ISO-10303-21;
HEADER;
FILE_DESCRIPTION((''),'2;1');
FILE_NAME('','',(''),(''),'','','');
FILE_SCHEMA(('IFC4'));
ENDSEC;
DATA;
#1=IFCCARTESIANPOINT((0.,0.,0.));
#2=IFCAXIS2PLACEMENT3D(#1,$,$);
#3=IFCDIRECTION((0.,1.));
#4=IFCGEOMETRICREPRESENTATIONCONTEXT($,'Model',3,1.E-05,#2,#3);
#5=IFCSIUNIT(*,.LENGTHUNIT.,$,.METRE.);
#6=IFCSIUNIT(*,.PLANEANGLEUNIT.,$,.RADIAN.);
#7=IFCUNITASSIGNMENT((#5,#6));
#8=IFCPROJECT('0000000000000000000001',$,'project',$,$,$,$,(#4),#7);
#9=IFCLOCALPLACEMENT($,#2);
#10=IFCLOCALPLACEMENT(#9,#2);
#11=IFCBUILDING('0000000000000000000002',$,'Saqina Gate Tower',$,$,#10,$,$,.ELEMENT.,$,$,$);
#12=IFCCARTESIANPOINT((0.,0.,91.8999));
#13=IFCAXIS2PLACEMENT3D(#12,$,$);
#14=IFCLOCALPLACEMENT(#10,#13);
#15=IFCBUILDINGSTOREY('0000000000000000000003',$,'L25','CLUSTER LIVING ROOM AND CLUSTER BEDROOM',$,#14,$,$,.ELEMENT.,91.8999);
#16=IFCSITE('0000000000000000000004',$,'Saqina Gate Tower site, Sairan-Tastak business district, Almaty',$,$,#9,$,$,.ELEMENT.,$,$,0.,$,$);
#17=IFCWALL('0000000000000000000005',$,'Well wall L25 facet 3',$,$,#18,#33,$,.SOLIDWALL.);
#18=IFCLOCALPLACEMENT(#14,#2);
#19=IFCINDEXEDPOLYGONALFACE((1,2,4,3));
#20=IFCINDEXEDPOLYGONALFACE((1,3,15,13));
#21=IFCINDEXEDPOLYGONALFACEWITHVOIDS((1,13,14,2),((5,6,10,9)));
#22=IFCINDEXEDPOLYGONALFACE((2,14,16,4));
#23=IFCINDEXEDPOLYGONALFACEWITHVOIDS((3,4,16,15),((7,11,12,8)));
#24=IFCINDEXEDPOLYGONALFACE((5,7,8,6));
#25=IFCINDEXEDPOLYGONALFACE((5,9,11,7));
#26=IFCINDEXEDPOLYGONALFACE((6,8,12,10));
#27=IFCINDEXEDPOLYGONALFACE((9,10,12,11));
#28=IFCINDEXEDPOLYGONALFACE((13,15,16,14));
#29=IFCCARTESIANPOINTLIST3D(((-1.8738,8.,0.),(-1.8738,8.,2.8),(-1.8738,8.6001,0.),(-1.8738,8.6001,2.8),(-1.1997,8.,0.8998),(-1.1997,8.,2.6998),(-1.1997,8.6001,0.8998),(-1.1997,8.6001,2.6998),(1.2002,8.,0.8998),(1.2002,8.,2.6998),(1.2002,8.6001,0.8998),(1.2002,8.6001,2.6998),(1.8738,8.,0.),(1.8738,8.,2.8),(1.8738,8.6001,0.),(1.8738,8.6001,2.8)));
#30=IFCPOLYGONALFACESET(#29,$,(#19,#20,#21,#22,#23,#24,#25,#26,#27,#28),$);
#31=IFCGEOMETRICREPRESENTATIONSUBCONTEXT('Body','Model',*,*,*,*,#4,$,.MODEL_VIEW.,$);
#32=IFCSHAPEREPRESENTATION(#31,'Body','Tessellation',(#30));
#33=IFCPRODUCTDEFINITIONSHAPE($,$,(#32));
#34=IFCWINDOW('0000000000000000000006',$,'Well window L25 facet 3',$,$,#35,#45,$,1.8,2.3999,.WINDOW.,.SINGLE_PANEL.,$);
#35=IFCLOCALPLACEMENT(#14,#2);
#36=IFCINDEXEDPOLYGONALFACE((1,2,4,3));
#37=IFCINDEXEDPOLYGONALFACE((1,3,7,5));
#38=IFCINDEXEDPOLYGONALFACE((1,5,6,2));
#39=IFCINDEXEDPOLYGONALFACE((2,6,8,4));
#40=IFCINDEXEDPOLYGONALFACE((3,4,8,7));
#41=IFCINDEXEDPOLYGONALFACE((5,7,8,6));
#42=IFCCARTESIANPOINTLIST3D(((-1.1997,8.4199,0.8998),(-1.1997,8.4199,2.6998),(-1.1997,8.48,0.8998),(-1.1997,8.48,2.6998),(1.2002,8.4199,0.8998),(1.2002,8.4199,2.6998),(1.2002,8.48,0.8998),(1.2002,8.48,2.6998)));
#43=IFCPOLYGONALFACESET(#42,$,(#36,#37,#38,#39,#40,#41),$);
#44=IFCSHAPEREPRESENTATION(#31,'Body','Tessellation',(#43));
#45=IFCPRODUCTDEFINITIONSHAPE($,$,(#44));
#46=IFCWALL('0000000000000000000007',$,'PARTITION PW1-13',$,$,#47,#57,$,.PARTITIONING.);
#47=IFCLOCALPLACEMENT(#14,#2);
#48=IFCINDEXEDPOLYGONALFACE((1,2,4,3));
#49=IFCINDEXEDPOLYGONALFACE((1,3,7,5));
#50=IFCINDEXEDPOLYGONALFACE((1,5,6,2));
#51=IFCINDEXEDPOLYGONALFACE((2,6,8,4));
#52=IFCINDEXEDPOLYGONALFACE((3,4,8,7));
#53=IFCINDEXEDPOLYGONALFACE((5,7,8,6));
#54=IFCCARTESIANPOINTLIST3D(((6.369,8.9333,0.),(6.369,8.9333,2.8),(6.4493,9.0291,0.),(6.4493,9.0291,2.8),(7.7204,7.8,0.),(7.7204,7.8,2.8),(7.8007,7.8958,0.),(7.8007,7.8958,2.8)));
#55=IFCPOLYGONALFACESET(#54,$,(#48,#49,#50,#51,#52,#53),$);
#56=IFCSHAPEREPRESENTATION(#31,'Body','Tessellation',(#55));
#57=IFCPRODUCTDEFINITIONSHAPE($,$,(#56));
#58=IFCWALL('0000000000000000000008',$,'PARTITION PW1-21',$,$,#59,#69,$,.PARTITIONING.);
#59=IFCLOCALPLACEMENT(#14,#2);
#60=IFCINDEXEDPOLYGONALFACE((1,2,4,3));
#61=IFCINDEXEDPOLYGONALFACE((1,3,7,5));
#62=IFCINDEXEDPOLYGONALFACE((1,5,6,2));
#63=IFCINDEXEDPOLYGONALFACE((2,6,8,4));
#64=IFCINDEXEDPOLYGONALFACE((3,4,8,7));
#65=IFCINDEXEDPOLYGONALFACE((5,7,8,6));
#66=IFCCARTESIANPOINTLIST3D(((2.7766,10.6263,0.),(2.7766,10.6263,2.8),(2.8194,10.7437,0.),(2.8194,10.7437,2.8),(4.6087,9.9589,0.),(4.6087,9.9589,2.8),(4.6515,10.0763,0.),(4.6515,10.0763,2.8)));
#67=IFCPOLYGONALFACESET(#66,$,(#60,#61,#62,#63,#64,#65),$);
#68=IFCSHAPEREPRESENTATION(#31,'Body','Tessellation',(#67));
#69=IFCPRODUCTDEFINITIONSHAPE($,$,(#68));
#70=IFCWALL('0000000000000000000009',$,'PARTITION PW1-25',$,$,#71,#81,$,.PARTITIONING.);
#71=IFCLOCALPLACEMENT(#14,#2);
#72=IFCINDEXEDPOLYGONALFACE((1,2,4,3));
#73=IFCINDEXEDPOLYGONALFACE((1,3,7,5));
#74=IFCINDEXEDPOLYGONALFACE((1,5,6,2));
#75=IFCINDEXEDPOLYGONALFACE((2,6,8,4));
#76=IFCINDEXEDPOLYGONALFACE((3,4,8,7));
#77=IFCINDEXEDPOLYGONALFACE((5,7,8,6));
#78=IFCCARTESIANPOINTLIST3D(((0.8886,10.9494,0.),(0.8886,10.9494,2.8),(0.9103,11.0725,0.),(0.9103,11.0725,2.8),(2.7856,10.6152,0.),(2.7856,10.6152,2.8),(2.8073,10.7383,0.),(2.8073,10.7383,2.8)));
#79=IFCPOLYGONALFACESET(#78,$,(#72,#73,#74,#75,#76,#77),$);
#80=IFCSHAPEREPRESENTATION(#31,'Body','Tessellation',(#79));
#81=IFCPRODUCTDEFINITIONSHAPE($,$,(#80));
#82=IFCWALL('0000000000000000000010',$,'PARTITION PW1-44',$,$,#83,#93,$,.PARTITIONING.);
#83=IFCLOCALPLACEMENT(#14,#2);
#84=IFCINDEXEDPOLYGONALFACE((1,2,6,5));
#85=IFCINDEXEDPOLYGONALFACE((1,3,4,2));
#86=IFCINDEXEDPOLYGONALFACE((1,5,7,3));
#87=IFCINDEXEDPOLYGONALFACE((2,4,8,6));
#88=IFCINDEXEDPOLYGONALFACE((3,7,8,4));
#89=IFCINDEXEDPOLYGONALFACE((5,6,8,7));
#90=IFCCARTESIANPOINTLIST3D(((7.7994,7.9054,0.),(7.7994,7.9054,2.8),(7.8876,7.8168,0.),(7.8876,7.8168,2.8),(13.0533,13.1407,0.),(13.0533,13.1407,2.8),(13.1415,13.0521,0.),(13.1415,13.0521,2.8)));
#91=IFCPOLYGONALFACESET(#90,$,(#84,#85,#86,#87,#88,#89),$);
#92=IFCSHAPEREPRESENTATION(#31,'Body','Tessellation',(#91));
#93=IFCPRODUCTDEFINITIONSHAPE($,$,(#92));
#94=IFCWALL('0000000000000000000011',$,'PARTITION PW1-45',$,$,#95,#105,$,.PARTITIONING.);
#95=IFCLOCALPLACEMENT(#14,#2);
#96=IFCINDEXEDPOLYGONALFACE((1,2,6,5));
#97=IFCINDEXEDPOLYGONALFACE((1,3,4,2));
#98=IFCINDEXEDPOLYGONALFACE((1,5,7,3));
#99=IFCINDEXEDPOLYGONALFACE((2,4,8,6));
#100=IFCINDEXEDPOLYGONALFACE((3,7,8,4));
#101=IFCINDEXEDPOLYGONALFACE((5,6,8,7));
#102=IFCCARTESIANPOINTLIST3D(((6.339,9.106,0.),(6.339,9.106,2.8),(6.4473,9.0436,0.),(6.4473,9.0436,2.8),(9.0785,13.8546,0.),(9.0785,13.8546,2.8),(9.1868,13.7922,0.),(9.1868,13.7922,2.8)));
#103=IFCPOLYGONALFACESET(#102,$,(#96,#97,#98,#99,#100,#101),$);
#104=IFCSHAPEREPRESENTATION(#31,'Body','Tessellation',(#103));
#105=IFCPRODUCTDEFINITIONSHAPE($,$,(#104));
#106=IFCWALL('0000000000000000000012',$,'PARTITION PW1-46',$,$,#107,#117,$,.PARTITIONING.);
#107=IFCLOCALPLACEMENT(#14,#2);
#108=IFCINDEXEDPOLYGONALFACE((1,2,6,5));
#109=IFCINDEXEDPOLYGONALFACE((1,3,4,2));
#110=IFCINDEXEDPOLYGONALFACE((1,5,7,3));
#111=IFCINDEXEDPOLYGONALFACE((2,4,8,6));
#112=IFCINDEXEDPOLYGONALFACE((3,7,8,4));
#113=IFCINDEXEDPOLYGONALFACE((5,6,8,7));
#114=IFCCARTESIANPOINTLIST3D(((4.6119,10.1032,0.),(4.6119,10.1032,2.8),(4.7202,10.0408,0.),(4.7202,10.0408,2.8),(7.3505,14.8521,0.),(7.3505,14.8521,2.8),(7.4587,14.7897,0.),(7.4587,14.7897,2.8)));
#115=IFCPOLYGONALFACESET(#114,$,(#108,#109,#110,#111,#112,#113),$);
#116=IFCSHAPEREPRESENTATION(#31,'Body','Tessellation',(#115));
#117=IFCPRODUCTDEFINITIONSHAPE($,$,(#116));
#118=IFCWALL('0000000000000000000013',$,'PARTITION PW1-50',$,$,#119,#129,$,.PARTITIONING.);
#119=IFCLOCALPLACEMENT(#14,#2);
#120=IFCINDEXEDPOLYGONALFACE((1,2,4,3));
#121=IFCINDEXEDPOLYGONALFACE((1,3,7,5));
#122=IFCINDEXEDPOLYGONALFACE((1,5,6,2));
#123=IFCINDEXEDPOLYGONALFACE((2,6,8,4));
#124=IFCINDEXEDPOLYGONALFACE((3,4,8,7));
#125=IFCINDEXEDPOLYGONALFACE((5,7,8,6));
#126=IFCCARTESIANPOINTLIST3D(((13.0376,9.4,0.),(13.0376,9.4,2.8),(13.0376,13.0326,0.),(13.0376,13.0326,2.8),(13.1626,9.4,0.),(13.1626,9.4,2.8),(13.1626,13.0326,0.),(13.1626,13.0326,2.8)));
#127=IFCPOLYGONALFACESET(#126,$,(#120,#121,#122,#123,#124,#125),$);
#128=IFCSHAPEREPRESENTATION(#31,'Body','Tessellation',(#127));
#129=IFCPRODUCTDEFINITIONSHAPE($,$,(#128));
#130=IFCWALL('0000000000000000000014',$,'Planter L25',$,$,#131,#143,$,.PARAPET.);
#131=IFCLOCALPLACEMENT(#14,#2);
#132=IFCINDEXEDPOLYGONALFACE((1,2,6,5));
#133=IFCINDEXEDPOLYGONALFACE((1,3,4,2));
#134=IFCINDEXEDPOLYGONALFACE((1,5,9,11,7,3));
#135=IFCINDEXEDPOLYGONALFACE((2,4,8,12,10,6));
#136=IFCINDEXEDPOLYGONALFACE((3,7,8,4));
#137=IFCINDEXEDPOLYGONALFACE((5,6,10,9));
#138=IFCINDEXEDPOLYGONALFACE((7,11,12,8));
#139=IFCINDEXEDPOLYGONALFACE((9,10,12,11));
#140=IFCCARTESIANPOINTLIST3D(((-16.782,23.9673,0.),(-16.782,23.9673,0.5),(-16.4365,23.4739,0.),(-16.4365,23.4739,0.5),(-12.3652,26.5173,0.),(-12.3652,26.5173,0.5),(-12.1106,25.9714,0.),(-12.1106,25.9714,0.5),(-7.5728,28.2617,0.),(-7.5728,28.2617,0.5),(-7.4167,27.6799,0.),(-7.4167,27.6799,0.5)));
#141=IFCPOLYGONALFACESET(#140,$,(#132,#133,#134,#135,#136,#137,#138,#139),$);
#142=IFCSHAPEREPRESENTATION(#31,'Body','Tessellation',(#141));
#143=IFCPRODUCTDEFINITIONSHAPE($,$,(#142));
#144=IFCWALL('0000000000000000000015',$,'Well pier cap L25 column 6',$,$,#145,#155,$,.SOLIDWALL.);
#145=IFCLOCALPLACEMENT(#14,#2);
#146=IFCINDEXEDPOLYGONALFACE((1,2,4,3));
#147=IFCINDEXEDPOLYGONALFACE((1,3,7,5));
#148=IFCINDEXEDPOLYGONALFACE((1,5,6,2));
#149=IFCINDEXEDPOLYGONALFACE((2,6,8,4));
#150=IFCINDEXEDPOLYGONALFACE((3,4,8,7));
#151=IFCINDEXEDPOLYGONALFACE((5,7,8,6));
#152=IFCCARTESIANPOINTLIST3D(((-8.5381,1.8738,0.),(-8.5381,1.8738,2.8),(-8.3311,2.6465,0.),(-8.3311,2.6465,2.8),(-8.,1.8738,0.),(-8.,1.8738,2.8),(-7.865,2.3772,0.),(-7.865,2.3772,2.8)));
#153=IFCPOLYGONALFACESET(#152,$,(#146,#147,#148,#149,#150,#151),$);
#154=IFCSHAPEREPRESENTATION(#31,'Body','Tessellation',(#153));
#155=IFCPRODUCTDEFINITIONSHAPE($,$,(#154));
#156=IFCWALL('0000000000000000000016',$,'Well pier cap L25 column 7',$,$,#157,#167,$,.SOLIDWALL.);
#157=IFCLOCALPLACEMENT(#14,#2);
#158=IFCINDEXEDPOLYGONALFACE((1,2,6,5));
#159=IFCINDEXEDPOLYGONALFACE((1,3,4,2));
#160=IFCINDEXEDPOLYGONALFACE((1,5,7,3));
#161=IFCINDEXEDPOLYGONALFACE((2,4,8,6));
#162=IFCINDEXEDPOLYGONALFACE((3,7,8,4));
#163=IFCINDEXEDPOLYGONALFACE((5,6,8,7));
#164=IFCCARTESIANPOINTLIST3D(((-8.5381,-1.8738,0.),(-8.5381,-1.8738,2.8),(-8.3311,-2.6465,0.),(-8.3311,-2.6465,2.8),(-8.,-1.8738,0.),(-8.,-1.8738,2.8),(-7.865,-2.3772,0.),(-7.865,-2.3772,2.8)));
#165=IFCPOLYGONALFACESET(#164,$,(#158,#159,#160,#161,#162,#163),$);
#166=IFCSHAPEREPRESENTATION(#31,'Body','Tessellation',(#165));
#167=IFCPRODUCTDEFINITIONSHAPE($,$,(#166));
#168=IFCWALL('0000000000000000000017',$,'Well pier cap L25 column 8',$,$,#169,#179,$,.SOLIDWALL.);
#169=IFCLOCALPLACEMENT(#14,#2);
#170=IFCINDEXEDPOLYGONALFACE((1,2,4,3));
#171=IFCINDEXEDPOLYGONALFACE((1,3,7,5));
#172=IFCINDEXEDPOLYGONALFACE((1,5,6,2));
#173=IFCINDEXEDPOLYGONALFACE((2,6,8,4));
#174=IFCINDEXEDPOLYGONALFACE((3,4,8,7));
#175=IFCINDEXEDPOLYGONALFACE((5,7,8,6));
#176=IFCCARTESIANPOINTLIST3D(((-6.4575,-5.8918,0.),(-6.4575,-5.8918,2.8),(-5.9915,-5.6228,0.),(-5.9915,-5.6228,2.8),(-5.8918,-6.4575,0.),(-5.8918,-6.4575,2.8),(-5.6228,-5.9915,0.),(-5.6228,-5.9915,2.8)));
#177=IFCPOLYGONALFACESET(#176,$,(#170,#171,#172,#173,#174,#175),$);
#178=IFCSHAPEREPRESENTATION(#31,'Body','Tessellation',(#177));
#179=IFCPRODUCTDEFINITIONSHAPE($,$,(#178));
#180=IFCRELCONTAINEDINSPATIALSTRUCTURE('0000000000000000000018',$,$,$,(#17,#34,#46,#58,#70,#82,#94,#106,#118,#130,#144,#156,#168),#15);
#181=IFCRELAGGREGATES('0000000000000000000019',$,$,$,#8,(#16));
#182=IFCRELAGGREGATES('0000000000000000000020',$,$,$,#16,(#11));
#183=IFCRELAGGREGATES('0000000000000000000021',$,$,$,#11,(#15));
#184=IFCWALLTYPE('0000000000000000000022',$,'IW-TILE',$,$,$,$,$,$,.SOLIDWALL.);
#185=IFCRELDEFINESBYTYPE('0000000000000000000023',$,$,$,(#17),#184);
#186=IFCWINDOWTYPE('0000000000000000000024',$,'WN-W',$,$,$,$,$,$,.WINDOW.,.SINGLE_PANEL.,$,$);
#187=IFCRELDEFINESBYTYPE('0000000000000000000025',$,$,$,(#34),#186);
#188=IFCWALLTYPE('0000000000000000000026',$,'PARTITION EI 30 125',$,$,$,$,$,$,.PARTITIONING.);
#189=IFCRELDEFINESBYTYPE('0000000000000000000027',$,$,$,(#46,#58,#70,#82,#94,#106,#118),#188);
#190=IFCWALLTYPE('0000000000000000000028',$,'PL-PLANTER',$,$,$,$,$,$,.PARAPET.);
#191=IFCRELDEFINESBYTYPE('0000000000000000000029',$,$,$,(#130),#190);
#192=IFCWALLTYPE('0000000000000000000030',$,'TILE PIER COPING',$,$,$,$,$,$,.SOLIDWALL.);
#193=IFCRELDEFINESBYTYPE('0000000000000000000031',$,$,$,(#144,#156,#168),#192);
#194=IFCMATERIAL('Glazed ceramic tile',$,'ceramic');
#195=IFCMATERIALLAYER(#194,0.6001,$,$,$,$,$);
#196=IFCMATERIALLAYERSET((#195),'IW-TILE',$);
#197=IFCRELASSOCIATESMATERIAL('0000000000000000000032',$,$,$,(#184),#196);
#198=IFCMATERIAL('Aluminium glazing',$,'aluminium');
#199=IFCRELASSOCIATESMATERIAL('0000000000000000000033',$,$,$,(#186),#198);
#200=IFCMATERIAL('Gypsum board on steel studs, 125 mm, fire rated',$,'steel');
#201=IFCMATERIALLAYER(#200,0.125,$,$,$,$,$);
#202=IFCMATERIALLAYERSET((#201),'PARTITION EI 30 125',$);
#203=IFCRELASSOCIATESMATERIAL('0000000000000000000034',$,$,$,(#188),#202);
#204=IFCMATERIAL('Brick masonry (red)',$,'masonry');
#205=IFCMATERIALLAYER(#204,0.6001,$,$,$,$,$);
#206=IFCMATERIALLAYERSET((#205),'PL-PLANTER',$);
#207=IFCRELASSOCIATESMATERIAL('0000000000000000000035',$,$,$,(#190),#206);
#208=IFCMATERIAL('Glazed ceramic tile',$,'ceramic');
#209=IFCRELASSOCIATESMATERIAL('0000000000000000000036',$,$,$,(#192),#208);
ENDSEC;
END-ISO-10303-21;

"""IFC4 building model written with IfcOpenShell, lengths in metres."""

from ifc_helpers import new_model, si_unit, direction, frame, frame_2d, origin, place, context, subcontext, project, spatial, polyline, rectangle, outline, extrude, material, layer, layer_set, type_object, element, fill, save


model = new_model("IFC4")

# Units and contexts
model_context = context("Model", 3, precision=1e-05, world=origin(), true_north=direction((0.0, 1.0)))
body_context = subcontext(model_context, "Body", "Model", "MODEL_VIEW")
ifc_project = project(units=[si_unit("LENGTHUNIT", "METRE"), si_unit("PLANEANGLEUNIT", "RADIAN")], contexts=[model_context])

# Site, building, storey
site_placement = place(None, origin())
site = spatial("IfcSite", under=ifc_project, at=site_placement, Name="Saqina Gate Tower site, Sairan-Tastak business district, Almaty", CompositionType="ELEMENT", RefElevation=0.0)
building_placement = place(site_placement, origin())
building = spatial("IfcBuilding", under=site, at=building_placement, Name="Saqina Gate Tower", CompositionType="ELEMENT")
storey_placement = place(building_placement, frame((0.0, 0.0, 91.8999)))
storey = spatial("IfcBuildingStorey", under=building, at=storey_placement, Name="L25", Description="CLUSTER LIVING ROOM AND CLUSTER BEDROOM", CompositionType="ELEMENT", Elevation=91.8999)

# Wall, opening, window
ifc_material_1 = material(Name="Glazed ceramic tile", Category="ceramic")
ifc_layer_1 = layer(ifc_material_1, 0.6001)
ifc_layer_set_1 = layer_set([ifc_layer_1], Name="IW-TILE")
wall_type_1 = type_object("IfcWallType", Name="IW-TILE", PredefinedType="SOLIDWALL", material=ifc_layer_set_1)
ifc_material_2 = material(Name="Aluminium glazing", Category="aluminium")
window_type = type_object("IfcWindowType", Name="WN-W", PartitioningType="SINGLE_PANEL", PredefinedType="WINDOW", material=ifc_material_2)
wall_1_placement = place(storey_placement, frame((1.8738, 8.3, 0.0), z_axis=(0.0, 0.0, 1.0), x_axis=(-1.0, 0.0, 0.0)))
wall_1 = element("IfcWall", 1, at=wall_1_placement, inside=storey, type_object=wall_type_1, Name="Well wall L25 facet 3", PredefinedType="SOLIDWALL", context=body_context, shape_type="SweptSolid", body=[
    extrude(rectangle(XDim=3.7476, YDim=0.6001, at=frame_2d((1.8738, 0.0))), origin(), (0.0, 0.0, 1.0), 2.8),
])
opening_1_placement = place(wall_1_placement, frame((0.6736, 0.0, 0.8999)))
opening_1 = element("IfcOpeningElement", 2, at=opening_1_placement, cuts=wall_1, PredefinedType="OPENING", context=body_context, shape_type="SweptSolid", body=[
    extrude(rectangle(XDim=2.3999, YDim=1.8, at=frame_2d((1.2, 0.8999))), frame((0.0, 0.312, 0.0), z_axis=(0.0, -1.0, 0.0), x_axis=(1.0, 0.0, 0.0)), (0.0, 0.0, 1.0), 0.624),
])
window_1_placement = place(opening_1_placement, origin())
window_1 = element("IfcWindow", 3, at=window_1_placement, inside=storey, type_object=window_type, Name="Well window L25 facet 3", OverallHeight=1.8, OverallWidth=2.3999, PartitioningType="SINGLE_PANEL", PredefinedType="WINDOW", context=body_context, shape_type="SweptSolid", body=[
    extrude(rectangle(XDim=2.3999, YDim=1.8, at=frame_2d((1.2, 0.8999))), frame((0.0, -0.1199, 0.0), z_axis=(0.0, -1.0, 0.0), x_axis=(1.0, 0.0, 0.0)), (0.0, 0.0, 1.0), 0.0601),
])
fill(opening_1, window_1)

# Walls
ifc_material_3 = material(Name="Gypsum board on steel studs, 125 mm, fire rated", Category="steel")
ifc_layer_2 = layer(ifc_material_3, 0.125)
ifc_layer_set_2 = layer_set([ifc_layer_2], Name="PARTITION EI 30 125")
wall_type_2 = type_object("IfcWallType", Name="PARTITION EI 30 125", PredefinedType="PARTITIONING", material=ifc_layer_set_2)
wall_2_placement = place(storey_placement, frame((6.4092, 8.9812, 0.0), z_axis=(0.0, 0.0, 1.0), x_axis=(0.766209, -0.642591, 0.0)))
element("IfcWall", 4, at=wall_2_placement, inside=storey, type_object=wall_type_2, Name="PARTITION PW1-13", PredefinedType="PARTITIONING", context=body_context, shape_type="SweptSolid", body=[
    extrude(rectangle(XDim=1.7637, YDim=0.125, at=frame_2d((0.8818, 0.0))), origin(), (0.0, 0.0, 1.0), 2.8),
])
wall_3_placement = place(storey_placement, frame((2.7979, 10.6851, 0.0), z_axis=(0.0, 0.0, 1.0), x_axis=(0.939596, -0.342286, 0.0)))
element("IfcWall", 5, at=wall_3_placement, inside=storey, type_object=wall_type_2, Name="PARTITION PW1-21", PredefinedType="PARTITIONING", context=body_context, shape_type="SweptSolid", body=[
    extrude(rectangle(XDim=1.95, YDim=0.125, at=frame_2d((0.9751, 0.0))), origin(), (0.0, 0.0, 1.0), 2.8),
])
wall_4_placement = place(storey_placement, frame((0.8994, 11.011, 0.0), z_axis=(0.0, 0.0, 1.0), x_axis=(0.984831, -0.173518, 0.0)))
element("IfcWall", 6, at=wall_4_placement, inside=storey, type_object=wall_type_2, Name="PARTITION PW1-25", PredefinedType="PARTITIONING", context=body_context, shape_type="SweptSolid", body=[
    extrude(rectangle(XDim=1.9263, YDim=0.125, at=frame_2d((0.9631, 0.0))), origin(), (0.0, 0.0, 1.0), 2.8),
])
wall_5_placement = place(storey_placement, frame((7.8435, 7.8611, 0.0), z_axis=(0.0, 0.0, 1.0), x_axis=(0.708356, 0.705855, 0.0)))
element("IfcWall", 7, at=wall_5_placement, inside=storey, type_object=wall_type_2, Name="PARTITION PW1-44", PredefinedType="PARTITIONING", context=body_context, shape_type="SweptSolid", body=[
    extrude(rectangle(XDim=7.417, YDim=0.125, at=frame_2d((3.7085, 0.0))), origin(), (0.0, 0.0, 1.0), 2.8),
])
wall_6_placement = place(storey_placement, frame((6.3931, 9.0747, 0.0), z_axis=(0.0, 0.0, 1.0), x_axis=(0.499717, 0.866189, 0.0)))
element("IfcWall", 8, at=wall_6_placement, inside=storey, type_object=wall_type_2, Name="PARTITION PW1-45", PredefinedType="PARTITIONING", context=body_context, shape_type="SweptSolid", body=[
    extrude(rectangle(XDim=5.4822, YDim=0.125, at=frame_2d((2.7412, 0.0))), origin(), (0.0, 0.0, 1.0), 2.8),
])
wall_7_placement = place(storey_placement, frame((4.666, 10.072, 0.0), z_axis=(0.0, 0.0, 1.0), x_axis=(0.499564, 0.866277, 0.0)))
element("IfcWall", 9, at=wall_7_placement, inside=storey, type_object=wall_type_2, Name="PARTITION PW1-46", PredefinedType="PARTITIONING", context=body_context, shape_type="SweptSolid", body=[
    extrude(rectangle(XDim=5.4819, YDim=0.125, at=frame_2d((2.741, 0.0))), origin(), (0.0, 0.0, 1.0), 2.8),
])
wall_8_placement = place(storey_placement, frame((13.1001, 9.3999, 0.0), z_axis=(0.0, 0.0, 1.0), x_axis=(0.0, 1.0, 0.0)))
element("IfcWall", 10, at=wall_8_placement, inside=storey, type_object=wall_type_2, Name="PARTITION PW1-50", PredefinedType="PARTITIONING", context=body_context, shape_type="SweptSolid", body=[
    extrude(rectangle(XDim=3.6326, YDim=0.125, at=frame_2d((1.8164, 0.0))), origin(), (0.0, 0.0, 1.0), 2.8),
])
ifc_material_4 = material(Name="Brick masonry (red)", Category="masonry")
ifc_layer_3 = layer(ifc_material_4, 0.6001)
ifc_layer_set_3 = layer_set([ifc_layer_3], Name="PL-PLANTER")
wall_type_3 = type_object("IfcWallType", Name="PL-PLANTER", PredefinedType="PARAPET", material=ifc_layer_set_3)
wall_9_placement = place(storey_placement, origin())
element("IfcWall", 11, at=wall_9_placement, inside=storey, type_object=wall_type_3, Name="Planter L25", PredefinedType="PARAPET", context=body_context, shape_type="SweptSolid", body=[
    extrude(outline(polyline([(-7.5728, 28.2617), (-12.3652, 26.5173), (-16.782, 23.9673), (-16.4365, 23.4739), (-12.1106, 25.9714), (-7.4167, 27.6799), (-7.5728, 28.2617)])), origin(), (0.0, 0.0, 1.0), 0.5),
])
ifc_material_5 = material(Name="Glazed ceramic tile", Category="ceramic")
wall_type_4 = type_object("IfcWallType", Name="TILE PIER COPING", PredefinedType="SOLIDWALL", material=ifc_material_5)
wall_10_placement = place(storey_placement, origin())
element("IfcWall", 12, at=wall_10_placement, inside=storey, type_object=wall_type_4, Name="Well pier cap L25 column 6", PredefinedType="SOLIDWALL", context=body_context, shape_type="SweptSolid", body=[
    extrude(outline(polyline([(-8.5381, 1.8738), (-8.0, 1.8738), (-7.865, 2.3772), (-8.3311, 2.6465), (-8.5381, 1.8738)])), origin(), (0.0, 0.0, 1.0), 2.8),
])
wall_11_placement = place(storey_placement, origin())
element("IfcWall", 13, at=wall_11_placement, inside=storey, type_object=wall_type_4, Name="Well pier cap L25 column 7", PredefinedType="SOLIDWALL", context=body_context, shape_type="SweptSolid", body=[
    extrude(outline(polyline([(-8.3311, -2.6465), (-7.865, -2.3772), (-8.0, -1.8738), (-8.5381, -1.8738), (-8.3311, -2.6465)])), origin(), (0.0, 0.0, 1.0), 2.8),
])
wall_12_placement = place(storey_placement, origin())
element("IfcWall", 14, at=wall_12_placement, inside=storey, type_object=wall_type_4, Name="Well pier cap L25 column 8", PredefinedType="SOLIDWALL", context=body_context, shape_type="SweptSolid", body=[
    extrude(outline(polyline([(-6.4575, -5.8918), (-5.8918, -6.4575), (-5.6228, -5.9915), (-5.9915, -5.6228), (-6.4575, -5.8918)])), origin(), (0.0, 0.0, 1.0), 2.8),
])

save(model, "model.ifc")
